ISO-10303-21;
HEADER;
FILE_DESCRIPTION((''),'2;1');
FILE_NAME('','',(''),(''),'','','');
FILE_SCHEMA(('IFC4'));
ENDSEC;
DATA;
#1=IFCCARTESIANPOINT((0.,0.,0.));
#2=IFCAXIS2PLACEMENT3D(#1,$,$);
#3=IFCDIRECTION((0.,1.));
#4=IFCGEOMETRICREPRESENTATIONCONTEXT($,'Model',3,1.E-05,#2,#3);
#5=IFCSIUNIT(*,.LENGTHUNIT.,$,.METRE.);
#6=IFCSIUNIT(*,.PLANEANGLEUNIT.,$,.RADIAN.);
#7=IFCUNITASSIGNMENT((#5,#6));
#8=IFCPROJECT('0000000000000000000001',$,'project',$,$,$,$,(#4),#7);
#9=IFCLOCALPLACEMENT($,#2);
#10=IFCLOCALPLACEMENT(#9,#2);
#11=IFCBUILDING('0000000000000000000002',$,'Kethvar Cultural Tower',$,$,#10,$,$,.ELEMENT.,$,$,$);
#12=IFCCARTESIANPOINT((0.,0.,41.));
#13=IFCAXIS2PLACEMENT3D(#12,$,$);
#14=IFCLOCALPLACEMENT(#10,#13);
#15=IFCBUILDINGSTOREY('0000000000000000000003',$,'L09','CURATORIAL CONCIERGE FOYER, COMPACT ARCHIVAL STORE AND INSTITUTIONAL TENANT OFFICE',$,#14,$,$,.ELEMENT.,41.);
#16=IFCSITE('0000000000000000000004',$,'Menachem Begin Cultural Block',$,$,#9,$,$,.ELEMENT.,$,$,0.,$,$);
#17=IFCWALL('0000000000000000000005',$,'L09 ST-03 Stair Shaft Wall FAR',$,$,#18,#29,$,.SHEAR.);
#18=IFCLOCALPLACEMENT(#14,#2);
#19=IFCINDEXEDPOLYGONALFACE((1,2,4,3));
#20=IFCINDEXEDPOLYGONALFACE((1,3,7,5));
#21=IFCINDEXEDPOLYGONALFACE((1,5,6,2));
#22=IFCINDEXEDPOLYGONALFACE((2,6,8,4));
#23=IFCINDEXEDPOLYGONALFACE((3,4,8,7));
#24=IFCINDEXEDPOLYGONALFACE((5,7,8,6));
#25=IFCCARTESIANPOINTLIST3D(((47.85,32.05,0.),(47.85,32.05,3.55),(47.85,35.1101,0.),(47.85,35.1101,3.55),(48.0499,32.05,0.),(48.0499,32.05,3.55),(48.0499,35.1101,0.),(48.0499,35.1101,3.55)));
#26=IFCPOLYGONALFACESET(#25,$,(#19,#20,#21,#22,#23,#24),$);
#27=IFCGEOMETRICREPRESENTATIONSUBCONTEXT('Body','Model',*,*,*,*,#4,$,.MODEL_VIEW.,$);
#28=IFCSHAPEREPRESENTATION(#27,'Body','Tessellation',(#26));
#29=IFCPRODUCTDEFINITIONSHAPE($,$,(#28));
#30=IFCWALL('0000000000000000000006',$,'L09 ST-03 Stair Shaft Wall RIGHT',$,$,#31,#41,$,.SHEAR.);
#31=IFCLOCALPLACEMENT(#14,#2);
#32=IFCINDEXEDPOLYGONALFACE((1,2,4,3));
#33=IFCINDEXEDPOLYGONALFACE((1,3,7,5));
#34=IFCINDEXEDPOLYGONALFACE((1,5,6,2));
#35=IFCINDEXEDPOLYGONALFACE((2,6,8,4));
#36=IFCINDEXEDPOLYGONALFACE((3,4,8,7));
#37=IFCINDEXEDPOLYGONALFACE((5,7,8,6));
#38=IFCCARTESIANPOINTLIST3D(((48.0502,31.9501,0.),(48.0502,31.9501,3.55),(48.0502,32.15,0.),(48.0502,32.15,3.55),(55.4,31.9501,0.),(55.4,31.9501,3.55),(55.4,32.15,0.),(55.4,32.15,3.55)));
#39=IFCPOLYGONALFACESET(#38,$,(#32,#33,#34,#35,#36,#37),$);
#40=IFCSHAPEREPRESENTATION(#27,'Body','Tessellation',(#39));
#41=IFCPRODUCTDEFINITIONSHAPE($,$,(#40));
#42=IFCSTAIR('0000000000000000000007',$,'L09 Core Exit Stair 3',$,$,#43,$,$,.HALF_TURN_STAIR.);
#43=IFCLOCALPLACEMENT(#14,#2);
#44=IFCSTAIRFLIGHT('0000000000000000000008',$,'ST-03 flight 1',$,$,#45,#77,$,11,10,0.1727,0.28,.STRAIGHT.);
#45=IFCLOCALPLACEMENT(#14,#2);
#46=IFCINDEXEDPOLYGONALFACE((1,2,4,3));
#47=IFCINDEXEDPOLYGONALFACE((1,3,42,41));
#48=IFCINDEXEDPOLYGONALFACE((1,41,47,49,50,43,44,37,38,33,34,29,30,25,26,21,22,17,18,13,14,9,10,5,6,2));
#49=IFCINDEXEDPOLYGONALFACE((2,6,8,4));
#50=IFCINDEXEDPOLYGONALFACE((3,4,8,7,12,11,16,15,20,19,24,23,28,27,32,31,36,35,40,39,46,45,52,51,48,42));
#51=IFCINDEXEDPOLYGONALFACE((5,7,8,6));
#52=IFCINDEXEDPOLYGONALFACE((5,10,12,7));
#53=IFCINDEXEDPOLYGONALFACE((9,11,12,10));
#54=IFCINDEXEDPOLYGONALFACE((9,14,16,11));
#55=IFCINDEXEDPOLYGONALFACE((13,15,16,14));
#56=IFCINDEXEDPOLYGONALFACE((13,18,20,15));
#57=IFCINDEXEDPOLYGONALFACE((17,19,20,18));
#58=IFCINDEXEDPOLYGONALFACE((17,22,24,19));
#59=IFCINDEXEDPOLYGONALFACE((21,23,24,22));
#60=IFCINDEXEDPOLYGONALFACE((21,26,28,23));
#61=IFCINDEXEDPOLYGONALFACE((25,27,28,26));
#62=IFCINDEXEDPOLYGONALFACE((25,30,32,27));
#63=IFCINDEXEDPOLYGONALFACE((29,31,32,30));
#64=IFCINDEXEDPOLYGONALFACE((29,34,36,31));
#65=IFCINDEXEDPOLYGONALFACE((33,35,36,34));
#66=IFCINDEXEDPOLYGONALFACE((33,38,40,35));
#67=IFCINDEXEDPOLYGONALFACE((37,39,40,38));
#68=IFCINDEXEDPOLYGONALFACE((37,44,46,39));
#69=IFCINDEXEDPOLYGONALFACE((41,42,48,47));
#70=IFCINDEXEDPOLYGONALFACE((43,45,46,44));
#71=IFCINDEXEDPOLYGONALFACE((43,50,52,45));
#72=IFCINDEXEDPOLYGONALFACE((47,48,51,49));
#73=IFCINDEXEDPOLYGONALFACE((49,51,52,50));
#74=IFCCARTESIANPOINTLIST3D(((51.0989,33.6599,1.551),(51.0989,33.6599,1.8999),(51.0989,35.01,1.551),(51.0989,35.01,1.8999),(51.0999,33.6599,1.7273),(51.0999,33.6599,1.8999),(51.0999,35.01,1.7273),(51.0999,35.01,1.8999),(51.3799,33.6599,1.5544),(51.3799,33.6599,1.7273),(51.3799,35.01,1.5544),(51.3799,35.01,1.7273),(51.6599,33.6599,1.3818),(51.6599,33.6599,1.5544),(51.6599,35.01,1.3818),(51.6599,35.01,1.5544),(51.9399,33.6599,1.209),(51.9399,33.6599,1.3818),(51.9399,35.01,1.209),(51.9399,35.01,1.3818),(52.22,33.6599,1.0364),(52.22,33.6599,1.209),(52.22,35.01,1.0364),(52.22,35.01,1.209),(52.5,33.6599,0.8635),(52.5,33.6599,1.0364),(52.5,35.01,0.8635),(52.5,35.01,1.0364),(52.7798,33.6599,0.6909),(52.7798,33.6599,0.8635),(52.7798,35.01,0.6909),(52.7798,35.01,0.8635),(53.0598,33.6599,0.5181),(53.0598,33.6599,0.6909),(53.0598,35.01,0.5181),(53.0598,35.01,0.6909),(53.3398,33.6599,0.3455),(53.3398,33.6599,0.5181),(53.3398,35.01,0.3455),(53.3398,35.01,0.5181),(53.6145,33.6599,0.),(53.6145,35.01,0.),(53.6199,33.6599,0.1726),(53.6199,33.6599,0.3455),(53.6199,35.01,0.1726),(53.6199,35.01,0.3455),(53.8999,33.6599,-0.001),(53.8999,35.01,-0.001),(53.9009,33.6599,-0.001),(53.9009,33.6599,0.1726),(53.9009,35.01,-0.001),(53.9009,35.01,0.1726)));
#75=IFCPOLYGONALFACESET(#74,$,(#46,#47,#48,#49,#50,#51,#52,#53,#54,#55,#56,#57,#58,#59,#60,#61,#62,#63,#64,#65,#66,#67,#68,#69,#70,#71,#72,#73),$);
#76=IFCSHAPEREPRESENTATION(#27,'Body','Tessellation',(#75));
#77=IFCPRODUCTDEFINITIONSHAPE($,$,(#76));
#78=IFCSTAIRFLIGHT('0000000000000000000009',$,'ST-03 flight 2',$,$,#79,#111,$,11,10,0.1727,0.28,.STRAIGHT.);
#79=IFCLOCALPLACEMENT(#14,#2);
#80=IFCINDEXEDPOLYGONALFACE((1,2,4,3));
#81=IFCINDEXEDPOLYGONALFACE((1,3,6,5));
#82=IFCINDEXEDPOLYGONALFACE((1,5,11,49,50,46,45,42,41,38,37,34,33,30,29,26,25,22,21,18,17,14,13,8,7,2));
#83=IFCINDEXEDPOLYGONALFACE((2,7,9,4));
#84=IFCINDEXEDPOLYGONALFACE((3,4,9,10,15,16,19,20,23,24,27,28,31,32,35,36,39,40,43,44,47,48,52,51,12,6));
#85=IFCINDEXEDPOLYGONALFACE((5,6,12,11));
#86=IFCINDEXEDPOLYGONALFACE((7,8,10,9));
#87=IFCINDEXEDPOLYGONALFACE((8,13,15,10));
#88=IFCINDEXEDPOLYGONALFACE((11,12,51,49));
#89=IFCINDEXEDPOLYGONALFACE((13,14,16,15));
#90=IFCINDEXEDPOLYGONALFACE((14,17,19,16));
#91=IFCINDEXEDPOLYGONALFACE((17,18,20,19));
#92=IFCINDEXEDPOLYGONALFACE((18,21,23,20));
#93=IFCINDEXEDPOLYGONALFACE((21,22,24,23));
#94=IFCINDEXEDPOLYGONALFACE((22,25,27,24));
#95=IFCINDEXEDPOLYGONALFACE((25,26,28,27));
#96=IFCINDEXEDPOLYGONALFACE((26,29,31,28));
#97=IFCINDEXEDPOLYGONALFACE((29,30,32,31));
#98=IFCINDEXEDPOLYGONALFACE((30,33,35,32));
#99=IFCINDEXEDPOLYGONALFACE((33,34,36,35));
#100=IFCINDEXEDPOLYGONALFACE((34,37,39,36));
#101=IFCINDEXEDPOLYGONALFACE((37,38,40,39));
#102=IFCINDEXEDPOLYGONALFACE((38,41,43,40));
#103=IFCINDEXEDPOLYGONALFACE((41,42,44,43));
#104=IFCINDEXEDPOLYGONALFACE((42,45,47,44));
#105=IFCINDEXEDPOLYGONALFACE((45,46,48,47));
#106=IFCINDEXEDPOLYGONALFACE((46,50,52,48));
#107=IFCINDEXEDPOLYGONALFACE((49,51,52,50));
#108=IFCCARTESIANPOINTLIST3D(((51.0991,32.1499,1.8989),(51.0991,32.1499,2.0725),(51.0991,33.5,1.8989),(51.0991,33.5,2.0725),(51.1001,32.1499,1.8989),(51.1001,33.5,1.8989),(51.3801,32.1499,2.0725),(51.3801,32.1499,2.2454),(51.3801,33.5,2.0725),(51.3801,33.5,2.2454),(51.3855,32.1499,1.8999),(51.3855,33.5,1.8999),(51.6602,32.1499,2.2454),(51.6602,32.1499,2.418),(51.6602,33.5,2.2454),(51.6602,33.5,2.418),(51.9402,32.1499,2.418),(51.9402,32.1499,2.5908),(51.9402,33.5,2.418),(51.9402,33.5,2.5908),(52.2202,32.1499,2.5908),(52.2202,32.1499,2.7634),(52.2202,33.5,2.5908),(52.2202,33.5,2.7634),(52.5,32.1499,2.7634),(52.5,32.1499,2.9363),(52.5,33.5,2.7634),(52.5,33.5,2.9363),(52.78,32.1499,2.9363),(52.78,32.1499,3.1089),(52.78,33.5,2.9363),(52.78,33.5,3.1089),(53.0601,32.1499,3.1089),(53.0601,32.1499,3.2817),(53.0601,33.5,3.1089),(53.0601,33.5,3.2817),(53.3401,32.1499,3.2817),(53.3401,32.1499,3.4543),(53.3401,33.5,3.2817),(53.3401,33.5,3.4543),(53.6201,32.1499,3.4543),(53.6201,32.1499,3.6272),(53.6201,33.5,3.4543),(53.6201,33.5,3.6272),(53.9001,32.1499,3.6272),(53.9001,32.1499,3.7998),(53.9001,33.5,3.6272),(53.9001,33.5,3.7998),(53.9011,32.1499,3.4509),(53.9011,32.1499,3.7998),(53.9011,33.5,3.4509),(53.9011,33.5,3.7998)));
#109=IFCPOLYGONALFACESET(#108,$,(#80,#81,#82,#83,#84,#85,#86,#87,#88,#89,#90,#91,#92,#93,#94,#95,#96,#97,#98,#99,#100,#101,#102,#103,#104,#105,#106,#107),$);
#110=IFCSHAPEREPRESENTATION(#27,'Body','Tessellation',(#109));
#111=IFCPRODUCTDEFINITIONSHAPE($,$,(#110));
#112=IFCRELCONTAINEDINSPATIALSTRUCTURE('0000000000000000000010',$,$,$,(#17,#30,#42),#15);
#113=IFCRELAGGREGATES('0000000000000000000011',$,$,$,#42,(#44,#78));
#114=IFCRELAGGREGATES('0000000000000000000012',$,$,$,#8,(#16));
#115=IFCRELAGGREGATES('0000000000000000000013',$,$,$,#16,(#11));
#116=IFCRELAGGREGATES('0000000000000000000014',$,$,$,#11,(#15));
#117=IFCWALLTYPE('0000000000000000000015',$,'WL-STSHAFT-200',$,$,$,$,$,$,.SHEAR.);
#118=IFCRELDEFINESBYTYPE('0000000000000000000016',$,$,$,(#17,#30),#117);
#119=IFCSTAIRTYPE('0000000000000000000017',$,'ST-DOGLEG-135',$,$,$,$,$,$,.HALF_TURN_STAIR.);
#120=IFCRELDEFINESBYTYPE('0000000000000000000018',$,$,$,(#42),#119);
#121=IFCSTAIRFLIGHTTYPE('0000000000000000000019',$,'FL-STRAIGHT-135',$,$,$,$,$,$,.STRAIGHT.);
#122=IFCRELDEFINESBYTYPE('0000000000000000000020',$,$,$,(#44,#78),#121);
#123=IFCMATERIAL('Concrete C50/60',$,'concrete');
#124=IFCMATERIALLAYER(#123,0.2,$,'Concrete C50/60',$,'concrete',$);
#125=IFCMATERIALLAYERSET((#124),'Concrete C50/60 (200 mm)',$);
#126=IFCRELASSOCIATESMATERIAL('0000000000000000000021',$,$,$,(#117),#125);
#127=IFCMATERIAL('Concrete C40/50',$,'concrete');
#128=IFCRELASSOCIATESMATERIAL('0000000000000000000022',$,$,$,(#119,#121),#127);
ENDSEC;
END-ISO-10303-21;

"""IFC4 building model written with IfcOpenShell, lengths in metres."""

from ifc_helpers import new_model, si_unit, direction, frame, frame_2d, origin, place, context, subcontext, project, spatial, polyline, rectangle, outline, extrude, material, layer, layer_set, type_object, element, aggregate, save


model = new_model("IFC4")

# Units and contexts
model_context = context("Model", 3, precision=1e-05, world=origin(), true_north=direction((0.0, 1.0)))
body_context = subcontext(model_context, "Body", "Model", "MODEL_VIEW")
ifc_project = project(units=[si_unit("LENGTHUNIT", "METRE"), si_unit("PLANEANGLEUNIT", "RADIAN")], contexts=[model_context])

# Site, building, storey
site_placement = place(None, origin())
site = spatial("IfcSite", under=ifc_project, at=site_placement, Name="Menachem Begin Cultural Block", CompositionType="ELEMENT", RefElevation=0.0)
building_placement = place(site_placement, origin())
building = spatial("IfcBuilding", under=site, at=building_placement, Name="Kethvar Cultural Tower", CompositionType="ELEMENT")
storey_placement = place(building_placement, frame((0.0, 0.0, 41.0)))
storey = spatial("IfcBuildingStorey", under=building, at=storey_placement, Name="L09", Description="CURATORIAL CONCIERGE FOYER, COMPACT ARCHIVAL STORE AND INSTITUTIONAL TENANT OFFICE", CompositionType="ELEMENT", Elevation=41.0)

# Walls
ifc_material_1 = material(Name="Concrete C40/50", Category="concrete")
ifc_material_2 = material(Name="Concrete C50/60", Category="concrete")
ifc_layer_1 = layer(ifc_material_2, 0.2, Name="Concrete C50/60", Category="concrete")
ifc_layer_set_1 = layer_set([ifc_layer_1], Name="Concrete C50/60 (200 mm)")
wall_type_1 = type_object("IfcWallType", Name="WL-STSHAFT-200", PredefinedType="SHEAR", material=ifc_layer_set_1)
wall_1_placement = place(storey_placement, frame((47.95, 32.05, 0.0), z_axis=(0.0, 0.0, 1.0), x_axis=(0.0, 1.0, 0.0)))
element("IfcWall", 1, at=wall_1_placement, inside=storey, type_object=wall_type_1, Name="L09 ST-03 Stair Shaft Wall FAR", PredefinedType="SHEAR", context=body_context, shape_type="SweptSolid", body=[
    extrude(rectangle(XDim=3.0601, YDim=0.2, at=frame_2d((1.53, 0.0))), origin(), (0.0, 0.0, 1.0), 3.55),
])
wall_2_placement = place(storey_placement, frame((55.3999, 32.05, 0.0), z_axis=(0.0, 0.0, 1.0), x_axis=(-1.0, 0.0, 0.0)))
element("IfcWall", 2, at=wall_2_placement, inside=storey, type_object=wall_type_1, Name="L09 ST-03 Stair Shaft Wall RIGHT", PredefinedType="SHEAR", context=body_context, shape_type="SweptSolid", body=[
    extrude(rectangle(XDim=7.3499, YDim=0.2, at=frame_2d((3.6748, 0.0))), origin(), (0.0, 0.0, 1.0), 3.55),
])

# Stair, stair flights
stair_type = type_object("IfcStairType", Name="ST-DOGLEG-135", PredefinedType="HALF_TURN_STAIR", material=ifc_material_1)
stair_placement = place(storey_placement, origin())
stair = element("IfcStair", 3, at=stair_placement, inside=storey, type_object=stair_type, Name="L09 Core Exit Stair 3", PredefinedType="HALF_TURN_STAIR")
stair_flight_type = type_object("IfcStairFlightType", Name="FL-STRAIGHT-135", PredefinedType="STRAIGHT", material=ifc_material_1)
stair_flight_1_placement = place(storey_placement, frame((53.8999, 34.335, 0.0), z_axis=(0.0, 0.0, 1.0), x_axis=(-1.0, 0.0, 0.0)))
stair_flight_1 = element("IfcStairFlight", 4, at=stair_flight_1_placement, type_object=stair_flight_type, Name="ST-03 flight 1", NumberOfRisers=11, NumberOfTreads=10, PredefinedType="STRAIGHT", RiserHeight=0.1727, TreadLength=0.28, context=body_context, shape_type="SweptSolid", body=[
    extrude(outline(polyline([(-0.001, -0.001), (-0.001, 0.1726), (0.28, 0.1726), (0.28, 0.3455), (0.5601, 0.3455), (0.5601, 0.5181), (0.8401, 0.5181), (0.8401, 0.6909), (1.1201, 0.6909), (1.1201, 0.8635), (1.3999, 0.8635), (1.3999, 1.0364), (1.6799, 1.0364), (1.6799, 1.209), (1.96, 1.209), (1.96, 1.3818), (2.24, 1.3818), (2.24, 1.5544), (2.52, 1.5544), (2.52, 1.7273), (2.8, 1.7273), (2.8, 1.8999), (2.801, 1.8999), (2.801, 1.551), (0.2854, 0.0), (0.0, -0.001), (-0.001, -0.001)])), frame((0.0, 0.675, 0.0), z_axis=(0.0, -1.0, 0.0), x_axis=(1.0, 0.0, 0.0)), (0.0, 0.0, 1.0), 1.3501),
])
stair_flight_2_placement = place(storey_placement, frame((51.1001, 32.825, 1.8999), z_axis=(0.0, 0.0, 1.0), x_axis=(1.0, 0.0, 0.0)))
stair_flight_2 = element("IfcStairFlight", 5, at=stair_flight_2_placement, type_object=stair_flight_type, Name="ST-03 flight 2", NumberOfRisers=11, NumberOfTreads=10, PredefinedType="STRAIGHT", RiserHeight=0.1727, TreadLength=0.28, context=body_context, shape_type="SweptSolid", body=[
    extrude(outline(polyline([(-0.001, -0.001), (-0.001, 0.1726), (0.28, 0.1726), (0.28, 0.3455), (0.5601, 0.3455), (0.5601, 0.5181), (0.8401, 0.5181), (0.8401, 0.6909), (1.1201, 0.6909), (1.1201, 0.8635), (1.3999, 0.8635), (1.3999, 1.0364), (1.6799, 1.0364), (1.6799, 1.209), (1.96, 1.209), (1.96, 1.3818), (2.24, 1.3818), (2.24, 1.5544), (2.52, 1.5544), (2.52, 1.7273), (2.8, 1.7273), (2.8, 1.8999), (2.801, 1.8999), (2.801, 1.551), (0.2854, 0.0), (0.0, -0.001), (-0.001, -0.001)])), frame((0.0, 0.675, 0.0), z_axis=(0.0, -1.0, 0.0), x_axis=(1.0, 0.0, 0.0)), (0.0, 0.0, 1.0), 1.3501),
])
aggregate(stair, [stair_flight_1, stair_flight_2])

save(model, "model.ifc")
